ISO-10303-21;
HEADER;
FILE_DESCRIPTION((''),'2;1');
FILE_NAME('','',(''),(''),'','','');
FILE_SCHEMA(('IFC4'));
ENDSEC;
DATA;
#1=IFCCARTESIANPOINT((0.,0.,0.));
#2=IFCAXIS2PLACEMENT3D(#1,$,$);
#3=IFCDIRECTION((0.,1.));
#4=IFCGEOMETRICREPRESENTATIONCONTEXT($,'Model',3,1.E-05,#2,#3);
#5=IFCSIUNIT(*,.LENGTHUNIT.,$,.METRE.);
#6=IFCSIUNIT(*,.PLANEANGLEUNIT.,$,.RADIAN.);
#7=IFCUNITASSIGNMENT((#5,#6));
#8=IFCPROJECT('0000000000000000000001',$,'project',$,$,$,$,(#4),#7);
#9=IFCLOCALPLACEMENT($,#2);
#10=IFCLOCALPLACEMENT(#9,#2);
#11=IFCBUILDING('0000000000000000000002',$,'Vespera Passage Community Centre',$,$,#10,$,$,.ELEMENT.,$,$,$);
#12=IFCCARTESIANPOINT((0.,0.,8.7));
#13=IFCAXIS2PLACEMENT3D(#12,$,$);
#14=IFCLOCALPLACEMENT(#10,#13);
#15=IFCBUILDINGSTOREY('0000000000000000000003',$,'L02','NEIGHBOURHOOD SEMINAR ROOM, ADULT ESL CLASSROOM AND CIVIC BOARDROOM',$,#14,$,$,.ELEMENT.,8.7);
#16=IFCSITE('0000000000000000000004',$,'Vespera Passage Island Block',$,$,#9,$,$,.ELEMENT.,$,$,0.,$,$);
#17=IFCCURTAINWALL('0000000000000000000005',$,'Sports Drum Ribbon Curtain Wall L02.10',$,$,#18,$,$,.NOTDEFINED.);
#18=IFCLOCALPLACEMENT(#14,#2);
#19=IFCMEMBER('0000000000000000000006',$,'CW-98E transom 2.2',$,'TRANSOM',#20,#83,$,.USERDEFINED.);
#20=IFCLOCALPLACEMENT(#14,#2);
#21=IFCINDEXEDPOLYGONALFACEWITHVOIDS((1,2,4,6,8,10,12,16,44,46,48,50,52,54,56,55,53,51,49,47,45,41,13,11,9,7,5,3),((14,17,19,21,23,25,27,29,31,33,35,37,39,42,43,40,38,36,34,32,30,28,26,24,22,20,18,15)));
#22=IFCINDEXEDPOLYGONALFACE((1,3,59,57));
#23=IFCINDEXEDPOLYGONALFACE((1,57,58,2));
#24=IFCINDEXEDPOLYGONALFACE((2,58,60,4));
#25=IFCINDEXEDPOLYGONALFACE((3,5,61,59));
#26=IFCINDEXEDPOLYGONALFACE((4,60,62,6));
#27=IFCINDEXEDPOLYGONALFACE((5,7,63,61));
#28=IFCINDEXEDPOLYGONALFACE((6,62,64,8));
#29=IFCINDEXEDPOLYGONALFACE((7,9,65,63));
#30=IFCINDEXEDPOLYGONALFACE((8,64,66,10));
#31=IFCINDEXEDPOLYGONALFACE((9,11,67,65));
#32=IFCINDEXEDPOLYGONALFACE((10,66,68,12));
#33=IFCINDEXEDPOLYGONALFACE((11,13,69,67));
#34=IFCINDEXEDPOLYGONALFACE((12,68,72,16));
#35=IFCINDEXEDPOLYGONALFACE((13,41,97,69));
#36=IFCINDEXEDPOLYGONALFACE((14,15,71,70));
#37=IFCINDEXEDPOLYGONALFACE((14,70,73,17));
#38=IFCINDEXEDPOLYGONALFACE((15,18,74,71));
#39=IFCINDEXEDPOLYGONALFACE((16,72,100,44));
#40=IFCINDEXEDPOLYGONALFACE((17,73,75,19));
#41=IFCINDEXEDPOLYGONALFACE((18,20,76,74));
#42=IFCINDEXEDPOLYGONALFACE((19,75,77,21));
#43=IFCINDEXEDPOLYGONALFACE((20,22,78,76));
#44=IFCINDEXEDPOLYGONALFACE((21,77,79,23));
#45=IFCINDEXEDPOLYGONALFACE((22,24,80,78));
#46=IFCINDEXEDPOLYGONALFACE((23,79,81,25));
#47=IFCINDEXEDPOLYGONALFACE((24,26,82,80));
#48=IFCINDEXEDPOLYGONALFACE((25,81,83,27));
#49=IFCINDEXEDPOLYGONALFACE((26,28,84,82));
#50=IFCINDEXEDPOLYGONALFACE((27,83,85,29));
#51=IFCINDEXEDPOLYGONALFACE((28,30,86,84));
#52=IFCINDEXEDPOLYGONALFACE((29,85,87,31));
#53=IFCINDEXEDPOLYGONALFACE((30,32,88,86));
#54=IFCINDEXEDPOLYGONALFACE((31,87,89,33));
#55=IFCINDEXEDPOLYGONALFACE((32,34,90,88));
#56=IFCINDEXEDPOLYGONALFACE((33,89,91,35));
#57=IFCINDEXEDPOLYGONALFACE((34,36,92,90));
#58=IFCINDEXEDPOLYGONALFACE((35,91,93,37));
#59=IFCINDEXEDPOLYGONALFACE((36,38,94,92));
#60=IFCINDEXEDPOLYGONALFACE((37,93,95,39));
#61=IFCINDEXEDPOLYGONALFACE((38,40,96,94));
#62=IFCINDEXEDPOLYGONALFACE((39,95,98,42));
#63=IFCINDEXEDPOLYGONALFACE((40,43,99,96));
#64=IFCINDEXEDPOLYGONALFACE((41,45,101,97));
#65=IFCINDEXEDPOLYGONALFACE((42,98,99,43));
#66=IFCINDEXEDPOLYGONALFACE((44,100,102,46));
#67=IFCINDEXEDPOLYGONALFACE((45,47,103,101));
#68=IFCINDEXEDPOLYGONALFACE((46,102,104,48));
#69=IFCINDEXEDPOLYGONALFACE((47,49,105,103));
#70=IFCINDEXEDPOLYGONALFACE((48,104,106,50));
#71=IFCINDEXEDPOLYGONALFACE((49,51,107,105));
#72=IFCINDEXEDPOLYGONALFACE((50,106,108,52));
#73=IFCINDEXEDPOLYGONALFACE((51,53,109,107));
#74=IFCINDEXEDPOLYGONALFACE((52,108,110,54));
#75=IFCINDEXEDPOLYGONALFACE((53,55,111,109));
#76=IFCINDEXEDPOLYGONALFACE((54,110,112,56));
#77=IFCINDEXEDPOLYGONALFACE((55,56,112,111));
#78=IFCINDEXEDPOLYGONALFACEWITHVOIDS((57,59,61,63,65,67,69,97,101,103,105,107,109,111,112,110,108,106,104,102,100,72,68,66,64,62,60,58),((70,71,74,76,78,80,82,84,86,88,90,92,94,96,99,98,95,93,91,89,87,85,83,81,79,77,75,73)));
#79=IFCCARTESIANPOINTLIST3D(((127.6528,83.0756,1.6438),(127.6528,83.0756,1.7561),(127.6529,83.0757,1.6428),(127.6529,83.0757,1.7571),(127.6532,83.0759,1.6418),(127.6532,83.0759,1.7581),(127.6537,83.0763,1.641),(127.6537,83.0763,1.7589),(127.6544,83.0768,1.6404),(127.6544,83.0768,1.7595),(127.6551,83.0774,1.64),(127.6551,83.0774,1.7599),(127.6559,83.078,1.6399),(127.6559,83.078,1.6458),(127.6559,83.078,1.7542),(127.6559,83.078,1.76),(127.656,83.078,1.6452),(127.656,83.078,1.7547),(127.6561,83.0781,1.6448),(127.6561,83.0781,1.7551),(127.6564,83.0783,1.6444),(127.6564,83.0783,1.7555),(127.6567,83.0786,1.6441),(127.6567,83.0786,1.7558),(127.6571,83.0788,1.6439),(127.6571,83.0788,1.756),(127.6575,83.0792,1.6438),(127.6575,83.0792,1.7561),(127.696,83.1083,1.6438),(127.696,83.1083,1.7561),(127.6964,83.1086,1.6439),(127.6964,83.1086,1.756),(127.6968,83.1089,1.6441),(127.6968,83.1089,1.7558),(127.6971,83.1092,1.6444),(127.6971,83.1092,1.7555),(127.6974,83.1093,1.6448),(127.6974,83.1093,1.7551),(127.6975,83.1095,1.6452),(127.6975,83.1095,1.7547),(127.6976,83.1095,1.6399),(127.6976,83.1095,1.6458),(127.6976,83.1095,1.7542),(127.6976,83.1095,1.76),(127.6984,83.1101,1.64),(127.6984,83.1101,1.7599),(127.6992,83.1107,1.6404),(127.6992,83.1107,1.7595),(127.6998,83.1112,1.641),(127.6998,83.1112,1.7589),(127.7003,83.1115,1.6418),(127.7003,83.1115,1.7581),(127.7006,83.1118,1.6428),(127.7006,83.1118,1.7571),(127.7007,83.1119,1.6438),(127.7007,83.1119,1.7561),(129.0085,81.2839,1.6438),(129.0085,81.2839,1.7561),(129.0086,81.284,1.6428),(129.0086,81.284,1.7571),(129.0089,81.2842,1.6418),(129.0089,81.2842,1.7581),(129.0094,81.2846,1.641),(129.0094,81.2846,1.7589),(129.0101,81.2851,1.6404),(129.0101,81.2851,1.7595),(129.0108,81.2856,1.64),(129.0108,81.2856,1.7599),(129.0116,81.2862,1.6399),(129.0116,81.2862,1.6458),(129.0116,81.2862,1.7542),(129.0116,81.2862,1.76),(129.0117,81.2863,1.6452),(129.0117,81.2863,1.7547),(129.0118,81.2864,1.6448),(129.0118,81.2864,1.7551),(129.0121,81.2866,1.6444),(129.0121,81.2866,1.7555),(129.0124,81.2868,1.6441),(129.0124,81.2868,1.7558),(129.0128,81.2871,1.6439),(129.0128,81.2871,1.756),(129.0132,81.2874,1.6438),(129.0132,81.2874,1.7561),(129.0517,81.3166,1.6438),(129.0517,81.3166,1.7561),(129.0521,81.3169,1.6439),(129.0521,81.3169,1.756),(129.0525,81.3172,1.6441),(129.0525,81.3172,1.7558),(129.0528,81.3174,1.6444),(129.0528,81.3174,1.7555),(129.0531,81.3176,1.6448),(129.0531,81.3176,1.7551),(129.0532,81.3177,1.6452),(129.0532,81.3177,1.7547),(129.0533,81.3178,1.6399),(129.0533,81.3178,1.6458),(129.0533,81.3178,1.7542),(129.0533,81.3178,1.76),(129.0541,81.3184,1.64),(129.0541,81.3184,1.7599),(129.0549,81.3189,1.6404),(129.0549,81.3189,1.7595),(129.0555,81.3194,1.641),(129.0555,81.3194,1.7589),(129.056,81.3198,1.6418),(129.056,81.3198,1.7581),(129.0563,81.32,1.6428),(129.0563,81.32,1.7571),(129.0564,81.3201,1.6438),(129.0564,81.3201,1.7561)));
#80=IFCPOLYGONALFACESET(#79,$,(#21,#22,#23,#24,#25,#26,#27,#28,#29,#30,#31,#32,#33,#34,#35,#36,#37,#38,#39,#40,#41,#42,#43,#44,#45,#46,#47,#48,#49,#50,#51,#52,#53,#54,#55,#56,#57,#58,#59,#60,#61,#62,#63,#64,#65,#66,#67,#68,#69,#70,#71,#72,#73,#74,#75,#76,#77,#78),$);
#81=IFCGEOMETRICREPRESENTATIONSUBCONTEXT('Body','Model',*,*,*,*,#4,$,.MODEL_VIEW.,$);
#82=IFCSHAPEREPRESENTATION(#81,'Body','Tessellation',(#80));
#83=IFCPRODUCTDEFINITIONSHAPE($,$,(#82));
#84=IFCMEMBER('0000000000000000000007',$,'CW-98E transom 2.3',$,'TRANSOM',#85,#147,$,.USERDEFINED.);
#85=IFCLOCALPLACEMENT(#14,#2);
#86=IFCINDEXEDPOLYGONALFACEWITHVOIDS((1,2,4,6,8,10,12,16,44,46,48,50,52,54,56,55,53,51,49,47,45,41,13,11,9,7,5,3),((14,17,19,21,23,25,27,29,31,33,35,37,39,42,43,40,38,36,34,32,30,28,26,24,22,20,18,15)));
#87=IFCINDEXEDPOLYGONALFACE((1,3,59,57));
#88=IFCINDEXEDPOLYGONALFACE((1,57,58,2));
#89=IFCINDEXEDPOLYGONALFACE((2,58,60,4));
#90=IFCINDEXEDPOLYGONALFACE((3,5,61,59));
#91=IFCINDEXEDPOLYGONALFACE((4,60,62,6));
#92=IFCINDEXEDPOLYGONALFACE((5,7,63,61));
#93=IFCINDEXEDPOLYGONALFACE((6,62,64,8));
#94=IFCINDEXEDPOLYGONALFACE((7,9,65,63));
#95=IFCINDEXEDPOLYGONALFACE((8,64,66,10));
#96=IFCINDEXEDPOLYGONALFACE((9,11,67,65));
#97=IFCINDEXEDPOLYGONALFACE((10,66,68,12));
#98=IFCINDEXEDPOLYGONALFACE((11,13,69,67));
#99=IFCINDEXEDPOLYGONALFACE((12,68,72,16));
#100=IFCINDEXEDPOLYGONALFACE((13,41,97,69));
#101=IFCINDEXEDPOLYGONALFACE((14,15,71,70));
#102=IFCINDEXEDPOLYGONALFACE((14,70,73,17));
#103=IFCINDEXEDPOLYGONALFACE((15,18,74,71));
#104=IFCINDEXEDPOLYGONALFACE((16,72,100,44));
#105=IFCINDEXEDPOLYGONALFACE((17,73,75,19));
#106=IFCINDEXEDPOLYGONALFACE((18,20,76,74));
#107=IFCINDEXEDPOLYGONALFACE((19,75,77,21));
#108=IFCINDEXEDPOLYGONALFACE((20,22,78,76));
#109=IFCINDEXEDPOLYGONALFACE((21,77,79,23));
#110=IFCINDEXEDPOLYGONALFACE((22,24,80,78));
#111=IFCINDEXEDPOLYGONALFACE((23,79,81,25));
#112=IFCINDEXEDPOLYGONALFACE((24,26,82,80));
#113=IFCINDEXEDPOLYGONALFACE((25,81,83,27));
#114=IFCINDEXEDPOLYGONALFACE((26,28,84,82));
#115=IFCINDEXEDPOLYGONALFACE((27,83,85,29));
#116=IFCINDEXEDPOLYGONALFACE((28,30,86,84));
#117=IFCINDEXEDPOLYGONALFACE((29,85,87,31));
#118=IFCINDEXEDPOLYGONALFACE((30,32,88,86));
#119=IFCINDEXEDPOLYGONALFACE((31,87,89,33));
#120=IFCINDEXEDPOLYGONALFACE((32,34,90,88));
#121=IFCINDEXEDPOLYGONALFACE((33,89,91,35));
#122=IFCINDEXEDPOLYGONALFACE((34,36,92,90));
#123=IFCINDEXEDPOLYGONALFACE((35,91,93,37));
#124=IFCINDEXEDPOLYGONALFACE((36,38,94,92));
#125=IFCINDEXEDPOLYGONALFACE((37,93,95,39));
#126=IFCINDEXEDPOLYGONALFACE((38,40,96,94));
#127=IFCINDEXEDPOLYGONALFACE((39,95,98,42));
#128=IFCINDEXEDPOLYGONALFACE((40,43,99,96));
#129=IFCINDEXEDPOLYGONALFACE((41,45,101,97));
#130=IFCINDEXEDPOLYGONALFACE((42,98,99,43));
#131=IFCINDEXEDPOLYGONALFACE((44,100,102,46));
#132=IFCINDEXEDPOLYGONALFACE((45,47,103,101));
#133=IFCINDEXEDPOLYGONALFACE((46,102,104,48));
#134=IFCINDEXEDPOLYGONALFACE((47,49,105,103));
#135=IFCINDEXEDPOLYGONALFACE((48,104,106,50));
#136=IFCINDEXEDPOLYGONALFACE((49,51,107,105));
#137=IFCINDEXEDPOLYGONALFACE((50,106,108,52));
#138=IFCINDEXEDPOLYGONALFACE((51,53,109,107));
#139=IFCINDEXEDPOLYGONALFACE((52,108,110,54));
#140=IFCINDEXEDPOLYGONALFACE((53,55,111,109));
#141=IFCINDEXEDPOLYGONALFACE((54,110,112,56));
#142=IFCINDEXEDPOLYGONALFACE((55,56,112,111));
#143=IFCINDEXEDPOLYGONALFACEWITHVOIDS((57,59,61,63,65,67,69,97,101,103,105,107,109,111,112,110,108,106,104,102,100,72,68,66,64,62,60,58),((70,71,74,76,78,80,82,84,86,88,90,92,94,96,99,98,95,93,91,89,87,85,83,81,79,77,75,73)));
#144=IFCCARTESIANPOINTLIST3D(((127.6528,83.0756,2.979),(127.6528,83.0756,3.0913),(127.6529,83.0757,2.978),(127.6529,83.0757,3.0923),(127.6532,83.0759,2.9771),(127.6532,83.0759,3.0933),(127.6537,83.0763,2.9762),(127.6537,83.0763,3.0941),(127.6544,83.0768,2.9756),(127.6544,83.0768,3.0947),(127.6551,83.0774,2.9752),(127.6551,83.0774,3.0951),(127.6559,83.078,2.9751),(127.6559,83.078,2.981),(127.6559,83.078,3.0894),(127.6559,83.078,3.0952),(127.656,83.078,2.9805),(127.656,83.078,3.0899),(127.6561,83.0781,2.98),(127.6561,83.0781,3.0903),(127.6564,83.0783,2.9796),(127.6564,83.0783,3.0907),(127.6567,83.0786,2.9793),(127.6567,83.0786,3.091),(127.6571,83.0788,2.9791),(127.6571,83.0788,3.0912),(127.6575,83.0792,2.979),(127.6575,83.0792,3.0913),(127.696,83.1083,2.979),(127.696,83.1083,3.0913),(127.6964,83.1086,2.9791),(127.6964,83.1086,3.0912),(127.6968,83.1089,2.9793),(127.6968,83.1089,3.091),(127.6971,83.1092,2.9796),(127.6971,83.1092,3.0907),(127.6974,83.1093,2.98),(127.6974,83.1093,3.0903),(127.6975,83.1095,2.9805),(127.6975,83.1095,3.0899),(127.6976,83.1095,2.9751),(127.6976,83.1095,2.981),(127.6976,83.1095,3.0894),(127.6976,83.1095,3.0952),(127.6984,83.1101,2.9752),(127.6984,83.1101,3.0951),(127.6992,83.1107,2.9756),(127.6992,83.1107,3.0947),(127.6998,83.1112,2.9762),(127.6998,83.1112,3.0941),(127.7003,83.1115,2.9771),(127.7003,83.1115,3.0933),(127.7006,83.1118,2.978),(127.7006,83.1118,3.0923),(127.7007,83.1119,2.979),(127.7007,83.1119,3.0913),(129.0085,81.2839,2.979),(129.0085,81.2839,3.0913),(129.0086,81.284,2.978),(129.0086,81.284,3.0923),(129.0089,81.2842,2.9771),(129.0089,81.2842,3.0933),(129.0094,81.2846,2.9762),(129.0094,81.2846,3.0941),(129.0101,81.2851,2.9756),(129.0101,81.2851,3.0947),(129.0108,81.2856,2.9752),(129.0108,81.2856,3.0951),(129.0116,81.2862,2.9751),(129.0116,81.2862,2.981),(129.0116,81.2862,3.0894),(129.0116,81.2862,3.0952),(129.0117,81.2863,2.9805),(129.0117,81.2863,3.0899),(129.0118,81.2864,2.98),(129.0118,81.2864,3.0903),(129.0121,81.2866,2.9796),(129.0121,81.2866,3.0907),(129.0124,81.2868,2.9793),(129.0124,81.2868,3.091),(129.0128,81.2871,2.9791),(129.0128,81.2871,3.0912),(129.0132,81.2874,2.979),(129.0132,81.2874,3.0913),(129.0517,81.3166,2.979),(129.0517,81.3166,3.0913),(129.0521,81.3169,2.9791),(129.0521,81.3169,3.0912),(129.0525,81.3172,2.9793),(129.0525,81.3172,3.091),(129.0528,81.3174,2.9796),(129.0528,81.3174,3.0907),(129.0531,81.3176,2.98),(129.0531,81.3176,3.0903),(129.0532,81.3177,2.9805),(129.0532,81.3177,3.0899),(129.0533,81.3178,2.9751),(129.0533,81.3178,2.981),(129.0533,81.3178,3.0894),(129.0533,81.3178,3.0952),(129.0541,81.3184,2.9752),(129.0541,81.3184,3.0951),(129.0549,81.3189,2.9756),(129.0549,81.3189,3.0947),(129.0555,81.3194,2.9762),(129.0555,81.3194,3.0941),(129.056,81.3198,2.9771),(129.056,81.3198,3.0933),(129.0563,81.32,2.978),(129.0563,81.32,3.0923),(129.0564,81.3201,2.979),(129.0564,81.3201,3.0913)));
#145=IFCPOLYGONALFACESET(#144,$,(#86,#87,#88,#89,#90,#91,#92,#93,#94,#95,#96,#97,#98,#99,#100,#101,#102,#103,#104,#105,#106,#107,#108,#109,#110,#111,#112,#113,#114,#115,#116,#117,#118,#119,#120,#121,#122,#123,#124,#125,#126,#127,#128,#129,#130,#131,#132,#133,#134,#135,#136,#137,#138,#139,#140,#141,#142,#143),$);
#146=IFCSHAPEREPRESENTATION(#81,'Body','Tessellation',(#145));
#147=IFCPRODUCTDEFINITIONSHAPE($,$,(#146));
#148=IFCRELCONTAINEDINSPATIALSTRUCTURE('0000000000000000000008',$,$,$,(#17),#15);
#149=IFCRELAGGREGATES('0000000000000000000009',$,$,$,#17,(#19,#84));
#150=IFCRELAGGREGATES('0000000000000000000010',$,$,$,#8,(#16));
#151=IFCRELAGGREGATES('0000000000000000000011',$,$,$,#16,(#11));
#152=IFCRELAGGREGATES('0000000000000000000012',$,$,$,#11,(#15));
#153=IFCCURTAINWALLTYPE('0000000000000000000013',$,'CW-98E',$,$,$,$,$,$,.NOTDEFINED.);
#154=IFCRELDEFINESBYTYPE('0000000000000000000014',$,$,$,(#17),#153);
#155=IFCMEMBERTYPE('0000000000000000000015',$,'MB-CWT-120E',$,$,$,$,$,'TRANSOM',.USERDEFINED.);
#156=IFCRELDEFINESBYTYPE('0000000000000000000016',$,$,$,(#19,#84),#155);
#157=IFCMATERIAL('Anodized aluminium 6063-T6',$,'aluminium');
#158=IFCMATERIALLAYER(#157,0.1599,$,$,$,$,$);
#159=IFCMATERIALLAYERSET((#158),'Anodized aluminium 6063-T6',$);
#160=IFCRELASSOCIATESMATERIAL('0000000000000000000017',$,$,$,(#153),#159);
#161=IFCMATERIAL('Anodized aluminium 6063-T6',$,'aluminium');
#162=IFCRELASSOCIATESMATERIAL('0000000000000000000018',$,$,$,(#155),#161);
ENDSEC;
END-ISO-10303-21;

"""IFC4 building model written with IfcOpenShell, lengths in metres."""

from ifc_helpers import new_model, si_unit, direction, frame, origin, origin_2d, place, context, subcontext, project, spatial, hollow_rectangle, extrude, material, layer, layer_set, material_profile, profile_set, type_object, element, aggregate, save


model = new_model("IFC4")

# Units and contexts
model_context = context("Model", 3, precision=1e-05, world=origin(), true_north=direction((0.0, 1.0)))
body_context = subcontext(model_context, "Body", "Model", "MODEL_VIEW")
ifc_project = project(units=[si_unit("LENGTHUNIT", "METRE"), si_unit("PLANEANGLEUNIT", "RADIAN")], contexts=[model_context])

# Site, building, storey
site_placement = place(None, origin())
site = spatial("IfcSite", under=ifc_project, at=site_placement, Name="Vespera Passage Island Block", CompositionType="ELEMENT", RefElevation=0.0)
building_placement = place(site_placement, origin())
building = spatial("IfcBuilding", under=site, at=building_placement, Name="Vespera Passage Community Centre", CompositionType="ELEMENT")
storey_placement = place(building_placement, frame((0.0, 0.0, 8.7)))
storey = spatial("IfcBuildingStorey", under=building, at=storey_placement, Name="L02", Description="NEIGHBOURHOOD SEMINAR ROOM, ADULT ESL CLASSROOM AND CIVIC BOARDROOM", CompositionType="ELEMENT", Elevation=8.7)

# Curtain wall
ifc_material_1 = material(Name="Anodized aluminium 6063-T6", Category="aluminium")
ifc_layer_1 = layer(ifc_material_1, 0.1599)
ifc_layer_set_1 = layer_set([ifc_layer_1], Name="Anodized aluminium 6063-T6")
curtain_wall_type_1 = type_object("IfcCurtainWallType", Name="CW-98E", PredefinedType="NOTDEFINED", material=ifc_layer_set_1)
curtain_wall_1_placement = place(storey_placement, origin())
curtain_wall_1 = element("IfcCurtainWall", 1, at=curtain_wall_1_placement, inside=storey, type_object=curtain_wall_type_1, Name="Sports Drum Ribbon Curtain Wall L02.10", PredefinedType="NOTDEFINED")

# Members
ifc_material_2 = material(Name="Anodized aluminium 6063-T6", Category="aluminium")
ifc_material_profile_1 = material_profile(ifc_material_2, hollow_rectangle(XDim=0.0601, YDim=0.1201, WallThickness=0.0039, InnerFilletRadius=0.002, OuterFilletRadius=0.0039, at=origin_2d()), Name="ALU120X60X4")
ifc_profile_set_1 = profile_set([ifc_material_profile_1], Name="Anodized aluminium 6063-T6")
member_type_1 = type_object("IfcMemberType", Name="MB-CWT-120E", ElementType="TRANSOM", PredefinedType="USERDEFINED", material=ifc_profile_set_1)
member_1_placement = place(storey_placement, frame((129.0325, 81.302, 1.7), z_axis=(-0.603385, 0.79745, 0.0), x_axis=(-0.79745, -0.603385, 0.0)))
member_1 = element("IfcMember", 2, at=member_1_placement, type_object=member_type_1, Name="CW-98E transom 2.2", ObjectType="TRANSOM", PredefinedType="USERDEFINED", context=body_context, shape_type="SweptSolid", body=[
    extrude(hollow_rectangle(XDim=0.0601, YDim=0.1201, WallThickness=0.0039, InnerFilletRadius=0.002, OuterFilletRadius=0.0039, at=origin_2d()), origin(), (0.0, 0.0, 1.0), 2.2468),
])
member_2_placement = place(storey_placement, frame((129.0325, 81.302, 3.0352), z_axis=(-0.603385, 0.79745, 0.0), x_axis=(-0.79745, -0.603385, 0.0)))
member_2 = element("IfcMember", 3, at=member_2_placement, type_object=member_type_1, Name="CW-98E transom 2.3", ObjectType="TRANSOM", PredefinedType="USERDEFINED", context=body_context, shape_type="SweptSolid", body=[
    extrude(hollow_rectangle(XDim=0.0601, YDim=0.1201, WallThickness=0.0039, InnerFilletRadius=0.002, OuterFilletRadius=0.0039, at=origin_2d()), origin(), (0.0, 0.0, 1.0), 2.2468),
])

aggregate(curtain_wall_1, [member_1, member_2])

save(model, "model.ifc")
